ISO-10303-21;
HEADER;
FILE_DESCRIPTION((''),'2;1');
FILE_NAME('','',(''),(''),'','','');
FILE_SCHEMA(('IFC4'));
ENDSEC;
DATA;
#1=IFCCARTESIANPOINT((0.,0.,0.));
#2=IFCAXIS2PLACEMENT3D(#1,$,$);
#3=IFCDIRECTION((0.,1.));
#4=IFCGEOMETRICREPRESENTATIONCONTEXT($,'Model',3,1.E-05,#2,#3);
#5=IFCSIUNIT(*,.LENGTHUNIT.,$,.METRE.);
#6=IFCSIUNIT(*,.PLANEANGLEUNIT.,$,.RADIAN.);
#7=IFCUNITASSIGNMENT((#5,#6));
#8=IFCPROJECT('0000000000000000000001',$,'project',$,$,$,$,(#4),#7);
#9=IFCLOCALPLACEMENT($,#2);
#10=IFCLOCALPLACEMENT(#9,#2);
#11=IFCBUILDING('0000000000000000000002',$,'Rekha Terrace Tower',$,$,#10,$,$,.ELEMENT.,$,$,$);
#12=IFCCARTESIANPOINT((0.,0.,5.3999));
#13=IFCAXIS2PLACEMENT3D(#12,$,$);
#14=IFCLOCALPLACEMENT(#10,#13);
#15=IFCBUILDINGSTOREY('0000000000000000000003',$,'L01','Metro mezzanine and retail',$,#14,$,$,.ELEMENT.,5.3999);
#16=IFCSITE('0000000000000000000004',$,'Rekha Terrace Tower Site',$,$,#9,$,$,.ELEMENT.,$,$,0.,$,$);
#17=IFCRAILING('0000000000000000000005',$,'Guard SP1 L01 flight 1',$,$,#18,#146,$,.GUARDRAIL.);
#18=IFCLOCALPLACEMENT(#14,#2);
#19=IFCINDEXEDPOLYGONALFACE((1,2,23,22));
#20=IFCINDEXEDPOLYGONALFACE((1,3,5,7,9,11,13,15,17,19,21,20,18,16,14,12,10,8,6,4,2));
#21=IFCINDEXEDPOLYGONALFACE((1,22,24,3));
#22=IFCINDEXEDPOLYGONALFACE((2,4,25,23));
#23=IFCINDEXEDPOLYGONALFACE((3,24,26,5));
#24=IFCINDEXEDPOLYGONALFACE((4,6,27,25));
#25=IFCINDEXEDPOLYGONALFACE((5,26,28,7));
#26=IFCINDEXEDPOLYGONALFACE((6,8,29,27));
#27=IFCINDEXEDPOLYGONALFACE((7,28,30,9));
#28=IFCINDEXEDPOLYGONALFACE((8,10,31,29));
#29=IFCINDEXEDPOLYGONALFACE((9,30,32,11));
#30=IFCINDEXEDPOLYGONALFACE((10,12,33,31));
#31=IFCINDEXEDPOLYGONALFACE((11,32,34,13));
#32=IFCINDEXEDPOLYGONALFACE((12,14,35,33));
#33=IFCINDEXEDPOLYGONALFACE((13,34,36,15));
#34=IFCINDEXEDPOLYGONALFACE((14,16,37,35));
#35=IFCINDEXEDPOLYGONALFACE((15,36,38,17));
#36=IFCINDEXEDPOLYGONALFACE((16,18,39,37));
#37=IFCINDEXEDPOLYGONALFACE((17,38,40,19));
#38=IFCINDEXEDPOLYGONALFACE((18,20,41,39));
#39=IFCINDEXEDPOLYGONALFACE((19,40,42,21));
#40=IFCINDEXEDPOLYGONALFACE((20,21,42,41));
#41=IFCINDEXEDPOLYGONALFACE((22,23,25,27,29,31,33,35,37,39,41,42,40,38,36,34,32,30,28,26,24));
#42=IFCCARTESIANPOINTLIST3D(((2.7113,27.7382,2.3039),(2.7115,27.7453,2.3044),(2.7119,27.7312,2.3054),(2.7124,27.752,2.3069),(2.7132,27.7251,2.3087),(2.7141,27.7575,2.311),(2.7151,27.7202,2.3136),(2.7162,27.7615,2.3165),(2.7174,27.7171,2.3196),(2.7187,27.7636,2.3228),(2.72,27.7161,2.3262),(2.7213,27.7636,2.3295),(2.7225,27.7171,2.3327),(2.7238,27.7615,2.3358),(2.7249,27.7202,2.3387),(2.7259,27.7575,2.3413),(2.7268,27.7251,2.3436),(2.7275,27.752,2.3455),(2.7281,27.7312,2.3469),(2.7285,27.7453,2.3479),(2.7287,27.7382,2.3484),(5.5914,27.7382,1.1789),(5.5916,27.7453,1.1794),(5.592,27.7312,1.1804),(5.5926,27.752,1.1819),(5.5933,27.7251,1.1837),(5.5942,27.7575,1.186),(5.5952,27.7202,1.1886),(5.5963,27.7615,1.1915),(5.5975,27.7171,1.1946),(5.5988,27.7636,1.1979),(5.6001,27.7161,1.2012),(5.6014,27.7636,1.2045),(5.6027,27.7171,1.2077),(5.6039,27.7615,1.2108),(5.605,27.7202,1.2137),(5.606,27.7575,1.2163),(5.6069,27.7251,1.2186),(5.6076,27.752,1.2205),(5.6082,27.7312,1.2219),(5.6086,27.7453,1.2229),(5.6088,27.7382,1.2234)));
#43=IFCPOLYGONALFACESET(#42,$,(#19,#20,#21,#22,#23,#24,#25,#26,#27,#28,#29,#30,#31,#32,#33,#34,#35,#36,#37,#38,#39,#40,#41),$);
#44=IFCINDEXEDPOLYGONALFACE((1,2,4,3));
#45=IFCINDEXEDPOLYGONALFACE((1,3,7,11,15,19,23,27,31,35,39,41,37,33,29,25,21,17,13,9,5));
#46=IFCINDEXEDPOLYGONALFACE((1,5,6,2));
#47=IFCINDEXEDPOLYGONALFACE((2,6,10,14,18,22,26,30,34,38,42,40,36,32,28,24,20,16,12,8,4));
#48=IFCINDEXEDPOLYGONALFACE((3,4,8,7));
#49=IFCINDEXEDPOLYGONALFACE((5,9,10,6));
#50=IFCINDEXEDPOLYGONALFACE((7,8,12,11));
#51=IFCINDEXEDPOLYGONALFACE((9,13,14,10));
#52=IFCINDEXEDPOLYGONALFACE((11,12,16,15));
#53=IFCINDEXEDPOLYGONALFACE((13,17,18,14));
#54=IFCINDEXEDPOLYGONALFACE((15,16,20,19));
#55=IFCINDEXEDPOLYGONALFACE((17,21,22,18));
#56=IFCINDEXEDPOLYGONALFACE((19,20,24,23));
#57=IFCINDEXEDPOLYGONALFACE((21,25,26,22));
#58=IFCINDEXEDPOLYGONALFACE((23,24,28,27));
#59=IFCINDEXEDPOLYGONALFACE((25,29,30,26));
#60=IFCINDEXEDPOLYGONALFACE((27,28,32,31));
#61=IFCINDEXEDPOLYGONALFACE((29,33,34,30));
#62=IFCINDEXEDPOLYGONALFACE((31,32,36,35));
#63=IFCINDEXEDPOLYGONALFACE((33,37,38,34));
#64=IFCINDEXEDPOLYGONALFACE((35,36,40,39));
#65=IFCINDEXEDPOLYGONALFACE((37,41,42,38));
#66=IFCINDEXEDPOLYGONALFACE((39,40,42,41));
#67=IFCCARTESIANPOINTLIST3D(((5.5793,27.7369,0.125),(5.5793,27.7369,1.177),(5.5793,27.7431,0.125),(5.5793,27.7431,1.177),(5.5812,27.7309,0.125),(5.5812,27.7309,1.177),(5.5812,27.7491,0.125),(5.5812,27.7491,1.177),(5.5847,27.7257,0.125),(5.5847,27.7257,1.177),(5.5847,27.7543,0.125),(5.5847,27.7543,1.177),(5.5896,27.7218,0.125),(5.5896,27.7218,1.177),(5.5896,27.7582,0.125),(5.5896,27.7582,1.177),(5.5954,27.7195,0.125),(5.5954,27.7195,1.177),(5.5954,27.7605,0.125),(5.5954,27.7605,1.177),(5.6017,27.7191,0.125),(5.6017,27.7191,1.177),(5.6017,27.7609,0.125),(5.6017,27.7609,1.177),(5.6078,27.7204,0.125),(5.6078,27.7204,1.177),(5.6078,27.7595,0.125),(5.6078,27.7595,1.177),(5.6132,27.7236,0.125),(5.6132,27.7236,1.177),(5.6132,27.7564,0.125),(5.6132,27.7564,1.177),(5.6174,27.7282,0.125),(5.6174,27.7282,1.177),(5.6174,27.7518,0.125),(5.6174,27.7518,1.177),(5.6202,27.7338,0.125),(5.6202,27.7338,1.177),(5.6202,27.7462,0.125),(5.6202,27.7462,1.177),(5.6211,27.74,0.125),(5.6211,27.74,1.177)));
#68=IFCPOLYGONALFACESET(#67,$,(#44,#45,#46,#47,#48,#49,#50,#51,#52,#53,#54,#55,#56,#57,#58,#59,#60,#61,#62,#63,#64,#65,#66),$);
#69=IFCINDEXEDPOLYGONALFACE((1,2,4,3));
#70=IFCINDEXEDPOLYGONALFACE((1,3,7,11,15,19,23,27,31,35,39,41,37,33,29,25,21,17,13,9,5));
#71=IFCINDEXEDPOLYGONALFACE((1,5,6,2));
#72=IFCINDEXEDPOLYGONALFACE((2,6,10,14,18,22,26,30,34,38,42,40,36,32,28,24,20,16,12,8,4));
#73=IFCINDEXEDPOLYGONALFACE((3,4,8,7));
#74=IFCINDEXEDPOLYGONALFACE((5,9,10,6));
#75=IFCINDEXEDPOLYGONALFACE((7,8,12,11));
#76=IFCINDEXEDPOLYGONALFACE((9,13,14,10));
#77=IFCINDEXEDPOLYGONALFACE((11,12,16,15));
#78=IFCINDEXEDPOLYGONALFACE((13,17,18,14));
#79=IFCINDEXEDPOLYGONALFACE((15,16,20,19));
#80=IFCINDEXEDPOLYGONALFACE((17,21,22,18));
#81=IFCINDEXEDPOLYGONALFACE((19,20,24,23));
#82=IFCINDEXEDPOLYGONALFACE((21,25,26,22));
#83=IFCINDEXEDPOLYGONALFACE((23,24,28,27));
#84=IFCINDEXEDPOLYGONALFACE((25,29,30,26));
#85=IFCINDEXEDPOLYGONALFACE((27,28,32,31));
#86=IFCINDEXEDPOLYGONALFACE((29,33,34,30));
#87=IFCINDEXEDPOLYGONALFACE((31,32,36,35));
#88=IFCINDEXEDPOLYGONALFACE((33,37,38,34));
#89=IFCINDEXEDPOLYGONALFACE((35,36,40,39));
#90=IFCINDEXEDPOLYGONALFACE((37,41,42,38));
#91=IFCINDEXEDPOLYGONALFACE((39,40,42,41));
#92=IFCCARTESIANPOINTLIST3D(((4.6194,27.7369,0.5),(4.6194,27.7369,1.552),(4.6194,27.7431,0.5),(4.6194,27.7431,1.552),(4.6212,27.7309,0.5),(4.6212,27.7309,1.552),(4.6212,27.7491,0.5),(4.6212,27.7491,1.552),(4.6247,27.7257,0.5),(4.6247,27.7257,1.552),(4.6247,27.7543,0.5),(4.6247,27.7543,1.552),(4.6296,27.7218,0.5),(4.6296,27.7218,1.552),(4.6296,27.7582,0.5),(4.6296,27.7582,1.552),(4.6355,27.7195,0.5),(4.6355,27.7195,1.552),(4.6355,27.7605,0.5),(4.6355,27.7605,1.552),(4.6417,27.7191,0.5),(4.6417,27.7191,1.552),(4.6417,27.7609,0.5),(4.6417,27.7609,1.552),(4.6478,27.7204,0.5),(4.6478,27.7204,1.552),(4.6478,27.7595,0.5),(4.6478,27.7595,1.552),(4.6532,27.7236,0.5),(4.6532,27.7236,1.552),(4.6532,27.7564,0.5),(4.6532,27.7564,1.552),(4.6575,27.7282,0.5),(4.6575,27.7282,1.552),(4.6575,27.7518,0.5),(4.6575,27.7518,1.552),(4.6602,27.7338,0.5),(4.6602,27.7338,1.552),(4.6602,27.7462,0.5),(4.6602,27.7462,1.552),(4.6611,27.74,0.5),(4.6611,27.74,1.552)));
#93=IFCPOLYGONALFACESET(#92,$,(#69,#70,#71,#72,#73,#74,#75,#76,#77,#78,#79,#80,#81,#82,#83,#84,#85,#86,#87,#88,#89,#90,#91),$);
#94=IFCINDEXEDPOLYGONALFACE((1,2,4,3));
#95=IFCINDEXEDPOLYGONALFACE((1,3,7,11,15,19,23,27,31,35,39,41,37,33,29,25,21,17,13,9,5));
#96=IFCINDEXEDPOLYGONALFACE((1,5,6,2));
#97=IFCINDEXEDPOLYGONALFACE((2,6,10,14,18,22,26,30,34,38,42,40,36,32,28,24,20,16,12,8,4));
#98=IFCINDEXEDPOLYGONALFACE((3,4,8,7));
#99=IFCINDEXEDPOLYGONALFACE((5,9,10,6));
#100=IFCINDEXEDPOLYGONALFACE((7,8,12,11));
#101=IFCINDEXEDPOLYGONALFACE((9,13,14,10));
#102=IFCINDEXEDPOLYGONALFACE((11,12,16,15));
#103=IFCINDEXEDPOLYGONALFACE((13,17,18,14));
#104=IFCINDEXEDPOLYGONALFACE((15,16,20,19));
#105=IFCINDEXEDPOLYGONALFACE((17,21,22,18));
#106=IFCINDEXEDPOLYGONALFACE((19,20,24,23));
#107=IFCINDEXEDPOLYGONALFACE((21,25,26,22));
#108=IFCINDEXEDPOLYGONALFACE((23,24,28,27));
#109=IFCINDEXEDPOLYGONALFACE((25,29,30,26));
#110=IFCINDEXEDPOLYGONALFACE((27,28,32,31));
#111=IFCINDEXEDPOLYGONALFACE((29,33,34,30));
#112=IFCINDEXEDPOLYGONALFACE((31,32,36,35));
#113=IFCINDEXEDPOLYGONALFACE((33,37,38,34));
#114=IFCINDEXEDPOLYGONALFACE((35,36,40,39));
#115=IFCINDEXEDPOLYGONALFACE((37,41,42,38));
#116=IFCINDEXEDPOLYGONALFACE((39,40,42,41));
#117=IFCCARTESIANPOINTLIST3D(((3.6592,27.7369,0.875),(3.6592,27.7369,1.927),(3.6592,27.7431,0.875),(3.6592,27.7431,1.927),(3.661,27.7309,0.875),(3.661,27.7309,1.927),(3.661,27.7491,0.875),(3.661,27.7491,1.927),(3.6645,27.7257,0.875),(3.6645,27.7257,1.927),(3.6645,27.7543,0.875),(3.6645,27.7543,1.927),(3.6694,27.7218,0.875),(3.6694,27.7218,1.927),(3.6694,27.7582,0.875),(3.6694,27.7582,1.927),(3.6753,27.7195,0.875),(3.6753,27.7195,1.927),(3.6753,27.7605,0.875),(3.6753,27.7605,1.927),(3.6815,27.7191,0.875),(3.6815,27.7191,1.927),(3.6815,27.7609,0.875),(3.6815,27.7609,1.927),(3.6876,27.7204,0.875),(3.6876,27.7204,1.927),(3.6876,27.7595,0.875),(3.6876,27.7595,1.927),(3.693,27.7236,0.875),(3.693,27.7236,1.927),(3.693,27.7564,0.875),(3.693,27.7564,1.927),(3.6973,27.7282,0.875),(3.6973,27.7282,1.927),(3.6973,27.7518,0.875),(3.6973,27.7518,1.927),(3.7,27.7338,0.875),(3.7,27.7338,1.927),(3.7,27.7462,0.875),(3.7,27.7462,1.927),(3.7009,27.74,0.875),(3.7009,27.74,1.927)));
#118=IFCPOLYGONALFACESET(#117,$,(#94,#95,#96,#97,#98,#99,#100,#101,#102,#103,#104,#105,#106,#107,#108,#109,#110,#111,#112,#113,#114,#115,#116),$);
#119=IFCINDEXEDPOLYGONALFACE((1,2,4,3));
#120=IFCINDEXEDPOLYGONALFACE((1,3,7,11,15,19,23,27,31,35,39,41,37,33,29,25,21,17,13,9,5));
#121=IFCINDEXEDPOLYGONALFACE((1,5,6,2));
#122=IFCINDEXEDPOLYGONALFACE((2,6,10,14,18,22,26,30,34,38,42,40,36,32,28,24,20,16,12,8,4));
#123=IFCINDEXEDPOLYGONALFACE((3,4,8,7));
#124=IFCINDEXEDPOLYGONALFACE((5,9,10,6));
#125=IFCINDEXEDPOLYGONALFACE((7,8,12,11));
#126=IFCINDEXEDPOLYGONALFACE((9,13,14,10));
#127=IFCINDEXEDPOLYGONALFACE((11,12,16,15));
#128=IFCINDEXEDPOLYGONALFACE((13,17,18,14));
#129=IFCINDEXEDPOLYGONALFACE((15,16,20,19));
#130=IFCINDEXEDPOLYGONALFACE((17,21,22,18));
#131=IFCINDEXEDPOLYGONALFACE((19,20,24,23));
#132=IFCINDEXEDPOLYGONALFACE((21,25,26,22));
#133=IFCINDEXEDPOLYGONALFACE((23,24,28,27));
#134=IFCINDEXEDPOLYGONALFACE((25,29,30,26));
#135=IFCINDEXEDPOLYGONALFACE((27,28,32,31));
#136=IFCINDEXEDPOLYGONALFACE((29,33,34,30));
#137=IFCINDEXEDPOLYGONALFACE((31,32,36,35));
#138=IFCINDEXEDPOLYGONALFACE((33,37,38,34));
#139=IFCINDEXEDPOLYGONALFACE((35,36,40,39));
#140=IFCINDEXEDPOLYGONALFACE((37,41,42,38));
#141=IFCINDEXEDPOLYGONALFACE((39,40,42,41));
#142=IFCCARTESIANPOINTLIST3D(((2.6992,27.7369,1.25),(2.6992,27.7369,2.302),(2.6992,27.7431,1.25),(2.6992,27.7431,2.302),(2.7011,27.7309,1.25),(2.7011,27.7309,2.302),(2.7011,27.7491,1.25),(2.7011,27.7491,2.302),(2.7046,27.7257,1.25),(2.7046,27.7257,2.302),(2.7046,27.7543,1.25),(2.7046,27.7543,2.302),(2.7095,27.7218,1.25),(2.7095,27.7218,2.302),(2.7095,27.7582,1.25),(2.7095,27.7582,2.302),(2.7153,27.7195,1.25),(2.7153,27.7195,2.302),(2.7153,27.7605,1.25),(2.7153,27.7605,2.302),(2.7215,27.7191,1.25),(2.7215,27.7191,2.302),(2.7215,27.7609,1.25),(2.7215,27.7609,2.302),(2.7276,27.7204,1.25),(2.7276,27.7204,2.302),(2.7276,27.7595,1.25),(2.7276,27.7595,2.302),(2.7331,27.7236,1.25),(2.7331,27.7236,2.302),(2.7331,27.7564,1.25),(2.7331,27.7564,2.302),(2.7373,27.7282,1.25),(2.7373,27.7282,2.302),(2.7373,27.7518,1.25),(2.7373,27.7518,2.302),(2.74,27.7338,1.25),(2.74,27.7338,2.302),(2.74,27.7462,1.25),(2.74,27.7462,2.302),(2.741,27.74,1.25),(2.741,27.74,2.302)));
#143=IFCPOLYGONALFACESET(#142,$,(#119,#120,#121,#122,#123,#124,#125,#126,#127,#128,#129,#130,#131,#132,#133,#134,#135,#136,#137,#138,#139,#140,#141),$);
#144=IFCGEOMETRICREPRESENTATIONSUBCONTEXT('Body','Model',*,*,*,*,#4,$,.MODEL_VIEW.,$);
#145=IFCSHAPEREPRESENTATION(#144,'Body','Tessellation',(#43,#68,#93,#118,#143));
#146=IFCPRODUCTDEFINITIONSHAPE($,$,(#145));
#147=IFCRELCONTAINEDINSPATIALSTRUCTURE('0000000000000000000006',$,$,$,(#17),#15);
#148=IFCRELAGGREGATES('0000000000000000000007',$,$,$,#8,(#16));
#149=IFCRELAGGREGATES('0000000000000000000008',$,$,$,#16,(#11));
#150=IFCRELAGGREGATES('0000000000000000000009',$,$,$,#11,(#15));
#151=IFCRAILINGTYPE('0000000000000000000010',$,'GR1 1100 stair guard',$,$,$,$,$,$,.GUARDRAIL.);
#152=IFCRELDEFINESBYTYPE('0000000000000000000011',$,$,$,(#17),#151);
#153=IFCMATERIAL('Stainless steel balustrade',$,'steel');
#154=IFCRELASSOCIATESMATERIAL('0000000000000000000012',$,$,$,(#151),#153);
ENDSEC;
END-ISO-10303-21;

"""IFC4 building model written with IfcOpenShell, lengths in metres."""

from ifc_helpers import new_model, si_unit, direction, frame, origin, origin_2d, place, context, subcontext, project, spatial, circle, extrude, material, type_object, element, save


model = new_model("IFC4")

# Units and contexts
model_context = context("Model", 3, precision=1e-05, world=origin(), true_north=direction((0.0, 1.0)))
body_context = subcontext(model_context, "Body", "Model", "MODEL_VIEW")
ifc_project = project(units=[si_unit("LENGTHUNIT", "METRE"), si_unit("PLANEANGLEUNIT", "RADIAN")], contexts=[model_context])

# Site, building, storey
site_placement = place(None, origin())
site = spatial("IfcSite", under=ifc_project, at=site_placement, Name="Rekha Terrace Tower Site", CompositionType="ELEMENT", RefElevation=0.0)
building_placement = place(site_placement, origin())
building = spatial("IfcBuilding", under=site, at=building_placement, Name="Rekha Terrace Tower", CompositionType="ELEMENT")
storey_placement = place(building_placement, frame((0.0, 0.0, 5.3999)))
storey = spatial("IfcBuildingStorey", under=building, at=storey_placement, Name="L01", Description="Metro mezzanine and retail", CompositionType="ELEMENT", Elevation=5.3999)

# Railing
ifc_material_1 = material(Name="Stainless steel balustrade", Category="steel")
railing_type_1 = type_object("IfcRailingType", Name="GR1 1100 stair guard", PredefinedType="GUARDRAIL", material=ifc_material_1)
railing_1_placement = place(storey_placement, frame((5.6001, 27.74, 0.125)))
element("IfcRailing", 1, at=railing_1_placement, inside=storey, type_object=railing_type_1, Name="Guard SP1 L01 flight 1", PredefinedType="GUARDRAIL", context=body_context, shape_type="SweptSolid", body=[
    extrude(circle(Radius=0.0239, at=origin_2d()), frame((0.0, 0.0, 1.0762), z_axis=(-0.931463, 0.0, 0.363837), x_axis=(0.0, -1.0, 0.0)), (0.0, 0.0, 1.0), 3.092),
    extrude(circle(Radius=0.021, at=origin_2d()), origin(), (0.0, 0.0, 1.0), 1.052),
    extrude(circle(Radius=0.021, at=origin_2d()), frame((-0.96, 0.0, 0.375)), (0.0, 0.0, 1.0), 1.052),
    extrude(circle(Radius=0.021, at=origin_2d()), frame((-1.9202, 0.0, 0.75)), (0.0, 0.0, 1.0), 1.052),
    extrude(circle(Radius=0.021, at=origin_2d()), frame((-2.8801, 0.0, 1.125)), (0.0, 0.0, 1.0), 1.052),
])

save(model, "model.ifc")
